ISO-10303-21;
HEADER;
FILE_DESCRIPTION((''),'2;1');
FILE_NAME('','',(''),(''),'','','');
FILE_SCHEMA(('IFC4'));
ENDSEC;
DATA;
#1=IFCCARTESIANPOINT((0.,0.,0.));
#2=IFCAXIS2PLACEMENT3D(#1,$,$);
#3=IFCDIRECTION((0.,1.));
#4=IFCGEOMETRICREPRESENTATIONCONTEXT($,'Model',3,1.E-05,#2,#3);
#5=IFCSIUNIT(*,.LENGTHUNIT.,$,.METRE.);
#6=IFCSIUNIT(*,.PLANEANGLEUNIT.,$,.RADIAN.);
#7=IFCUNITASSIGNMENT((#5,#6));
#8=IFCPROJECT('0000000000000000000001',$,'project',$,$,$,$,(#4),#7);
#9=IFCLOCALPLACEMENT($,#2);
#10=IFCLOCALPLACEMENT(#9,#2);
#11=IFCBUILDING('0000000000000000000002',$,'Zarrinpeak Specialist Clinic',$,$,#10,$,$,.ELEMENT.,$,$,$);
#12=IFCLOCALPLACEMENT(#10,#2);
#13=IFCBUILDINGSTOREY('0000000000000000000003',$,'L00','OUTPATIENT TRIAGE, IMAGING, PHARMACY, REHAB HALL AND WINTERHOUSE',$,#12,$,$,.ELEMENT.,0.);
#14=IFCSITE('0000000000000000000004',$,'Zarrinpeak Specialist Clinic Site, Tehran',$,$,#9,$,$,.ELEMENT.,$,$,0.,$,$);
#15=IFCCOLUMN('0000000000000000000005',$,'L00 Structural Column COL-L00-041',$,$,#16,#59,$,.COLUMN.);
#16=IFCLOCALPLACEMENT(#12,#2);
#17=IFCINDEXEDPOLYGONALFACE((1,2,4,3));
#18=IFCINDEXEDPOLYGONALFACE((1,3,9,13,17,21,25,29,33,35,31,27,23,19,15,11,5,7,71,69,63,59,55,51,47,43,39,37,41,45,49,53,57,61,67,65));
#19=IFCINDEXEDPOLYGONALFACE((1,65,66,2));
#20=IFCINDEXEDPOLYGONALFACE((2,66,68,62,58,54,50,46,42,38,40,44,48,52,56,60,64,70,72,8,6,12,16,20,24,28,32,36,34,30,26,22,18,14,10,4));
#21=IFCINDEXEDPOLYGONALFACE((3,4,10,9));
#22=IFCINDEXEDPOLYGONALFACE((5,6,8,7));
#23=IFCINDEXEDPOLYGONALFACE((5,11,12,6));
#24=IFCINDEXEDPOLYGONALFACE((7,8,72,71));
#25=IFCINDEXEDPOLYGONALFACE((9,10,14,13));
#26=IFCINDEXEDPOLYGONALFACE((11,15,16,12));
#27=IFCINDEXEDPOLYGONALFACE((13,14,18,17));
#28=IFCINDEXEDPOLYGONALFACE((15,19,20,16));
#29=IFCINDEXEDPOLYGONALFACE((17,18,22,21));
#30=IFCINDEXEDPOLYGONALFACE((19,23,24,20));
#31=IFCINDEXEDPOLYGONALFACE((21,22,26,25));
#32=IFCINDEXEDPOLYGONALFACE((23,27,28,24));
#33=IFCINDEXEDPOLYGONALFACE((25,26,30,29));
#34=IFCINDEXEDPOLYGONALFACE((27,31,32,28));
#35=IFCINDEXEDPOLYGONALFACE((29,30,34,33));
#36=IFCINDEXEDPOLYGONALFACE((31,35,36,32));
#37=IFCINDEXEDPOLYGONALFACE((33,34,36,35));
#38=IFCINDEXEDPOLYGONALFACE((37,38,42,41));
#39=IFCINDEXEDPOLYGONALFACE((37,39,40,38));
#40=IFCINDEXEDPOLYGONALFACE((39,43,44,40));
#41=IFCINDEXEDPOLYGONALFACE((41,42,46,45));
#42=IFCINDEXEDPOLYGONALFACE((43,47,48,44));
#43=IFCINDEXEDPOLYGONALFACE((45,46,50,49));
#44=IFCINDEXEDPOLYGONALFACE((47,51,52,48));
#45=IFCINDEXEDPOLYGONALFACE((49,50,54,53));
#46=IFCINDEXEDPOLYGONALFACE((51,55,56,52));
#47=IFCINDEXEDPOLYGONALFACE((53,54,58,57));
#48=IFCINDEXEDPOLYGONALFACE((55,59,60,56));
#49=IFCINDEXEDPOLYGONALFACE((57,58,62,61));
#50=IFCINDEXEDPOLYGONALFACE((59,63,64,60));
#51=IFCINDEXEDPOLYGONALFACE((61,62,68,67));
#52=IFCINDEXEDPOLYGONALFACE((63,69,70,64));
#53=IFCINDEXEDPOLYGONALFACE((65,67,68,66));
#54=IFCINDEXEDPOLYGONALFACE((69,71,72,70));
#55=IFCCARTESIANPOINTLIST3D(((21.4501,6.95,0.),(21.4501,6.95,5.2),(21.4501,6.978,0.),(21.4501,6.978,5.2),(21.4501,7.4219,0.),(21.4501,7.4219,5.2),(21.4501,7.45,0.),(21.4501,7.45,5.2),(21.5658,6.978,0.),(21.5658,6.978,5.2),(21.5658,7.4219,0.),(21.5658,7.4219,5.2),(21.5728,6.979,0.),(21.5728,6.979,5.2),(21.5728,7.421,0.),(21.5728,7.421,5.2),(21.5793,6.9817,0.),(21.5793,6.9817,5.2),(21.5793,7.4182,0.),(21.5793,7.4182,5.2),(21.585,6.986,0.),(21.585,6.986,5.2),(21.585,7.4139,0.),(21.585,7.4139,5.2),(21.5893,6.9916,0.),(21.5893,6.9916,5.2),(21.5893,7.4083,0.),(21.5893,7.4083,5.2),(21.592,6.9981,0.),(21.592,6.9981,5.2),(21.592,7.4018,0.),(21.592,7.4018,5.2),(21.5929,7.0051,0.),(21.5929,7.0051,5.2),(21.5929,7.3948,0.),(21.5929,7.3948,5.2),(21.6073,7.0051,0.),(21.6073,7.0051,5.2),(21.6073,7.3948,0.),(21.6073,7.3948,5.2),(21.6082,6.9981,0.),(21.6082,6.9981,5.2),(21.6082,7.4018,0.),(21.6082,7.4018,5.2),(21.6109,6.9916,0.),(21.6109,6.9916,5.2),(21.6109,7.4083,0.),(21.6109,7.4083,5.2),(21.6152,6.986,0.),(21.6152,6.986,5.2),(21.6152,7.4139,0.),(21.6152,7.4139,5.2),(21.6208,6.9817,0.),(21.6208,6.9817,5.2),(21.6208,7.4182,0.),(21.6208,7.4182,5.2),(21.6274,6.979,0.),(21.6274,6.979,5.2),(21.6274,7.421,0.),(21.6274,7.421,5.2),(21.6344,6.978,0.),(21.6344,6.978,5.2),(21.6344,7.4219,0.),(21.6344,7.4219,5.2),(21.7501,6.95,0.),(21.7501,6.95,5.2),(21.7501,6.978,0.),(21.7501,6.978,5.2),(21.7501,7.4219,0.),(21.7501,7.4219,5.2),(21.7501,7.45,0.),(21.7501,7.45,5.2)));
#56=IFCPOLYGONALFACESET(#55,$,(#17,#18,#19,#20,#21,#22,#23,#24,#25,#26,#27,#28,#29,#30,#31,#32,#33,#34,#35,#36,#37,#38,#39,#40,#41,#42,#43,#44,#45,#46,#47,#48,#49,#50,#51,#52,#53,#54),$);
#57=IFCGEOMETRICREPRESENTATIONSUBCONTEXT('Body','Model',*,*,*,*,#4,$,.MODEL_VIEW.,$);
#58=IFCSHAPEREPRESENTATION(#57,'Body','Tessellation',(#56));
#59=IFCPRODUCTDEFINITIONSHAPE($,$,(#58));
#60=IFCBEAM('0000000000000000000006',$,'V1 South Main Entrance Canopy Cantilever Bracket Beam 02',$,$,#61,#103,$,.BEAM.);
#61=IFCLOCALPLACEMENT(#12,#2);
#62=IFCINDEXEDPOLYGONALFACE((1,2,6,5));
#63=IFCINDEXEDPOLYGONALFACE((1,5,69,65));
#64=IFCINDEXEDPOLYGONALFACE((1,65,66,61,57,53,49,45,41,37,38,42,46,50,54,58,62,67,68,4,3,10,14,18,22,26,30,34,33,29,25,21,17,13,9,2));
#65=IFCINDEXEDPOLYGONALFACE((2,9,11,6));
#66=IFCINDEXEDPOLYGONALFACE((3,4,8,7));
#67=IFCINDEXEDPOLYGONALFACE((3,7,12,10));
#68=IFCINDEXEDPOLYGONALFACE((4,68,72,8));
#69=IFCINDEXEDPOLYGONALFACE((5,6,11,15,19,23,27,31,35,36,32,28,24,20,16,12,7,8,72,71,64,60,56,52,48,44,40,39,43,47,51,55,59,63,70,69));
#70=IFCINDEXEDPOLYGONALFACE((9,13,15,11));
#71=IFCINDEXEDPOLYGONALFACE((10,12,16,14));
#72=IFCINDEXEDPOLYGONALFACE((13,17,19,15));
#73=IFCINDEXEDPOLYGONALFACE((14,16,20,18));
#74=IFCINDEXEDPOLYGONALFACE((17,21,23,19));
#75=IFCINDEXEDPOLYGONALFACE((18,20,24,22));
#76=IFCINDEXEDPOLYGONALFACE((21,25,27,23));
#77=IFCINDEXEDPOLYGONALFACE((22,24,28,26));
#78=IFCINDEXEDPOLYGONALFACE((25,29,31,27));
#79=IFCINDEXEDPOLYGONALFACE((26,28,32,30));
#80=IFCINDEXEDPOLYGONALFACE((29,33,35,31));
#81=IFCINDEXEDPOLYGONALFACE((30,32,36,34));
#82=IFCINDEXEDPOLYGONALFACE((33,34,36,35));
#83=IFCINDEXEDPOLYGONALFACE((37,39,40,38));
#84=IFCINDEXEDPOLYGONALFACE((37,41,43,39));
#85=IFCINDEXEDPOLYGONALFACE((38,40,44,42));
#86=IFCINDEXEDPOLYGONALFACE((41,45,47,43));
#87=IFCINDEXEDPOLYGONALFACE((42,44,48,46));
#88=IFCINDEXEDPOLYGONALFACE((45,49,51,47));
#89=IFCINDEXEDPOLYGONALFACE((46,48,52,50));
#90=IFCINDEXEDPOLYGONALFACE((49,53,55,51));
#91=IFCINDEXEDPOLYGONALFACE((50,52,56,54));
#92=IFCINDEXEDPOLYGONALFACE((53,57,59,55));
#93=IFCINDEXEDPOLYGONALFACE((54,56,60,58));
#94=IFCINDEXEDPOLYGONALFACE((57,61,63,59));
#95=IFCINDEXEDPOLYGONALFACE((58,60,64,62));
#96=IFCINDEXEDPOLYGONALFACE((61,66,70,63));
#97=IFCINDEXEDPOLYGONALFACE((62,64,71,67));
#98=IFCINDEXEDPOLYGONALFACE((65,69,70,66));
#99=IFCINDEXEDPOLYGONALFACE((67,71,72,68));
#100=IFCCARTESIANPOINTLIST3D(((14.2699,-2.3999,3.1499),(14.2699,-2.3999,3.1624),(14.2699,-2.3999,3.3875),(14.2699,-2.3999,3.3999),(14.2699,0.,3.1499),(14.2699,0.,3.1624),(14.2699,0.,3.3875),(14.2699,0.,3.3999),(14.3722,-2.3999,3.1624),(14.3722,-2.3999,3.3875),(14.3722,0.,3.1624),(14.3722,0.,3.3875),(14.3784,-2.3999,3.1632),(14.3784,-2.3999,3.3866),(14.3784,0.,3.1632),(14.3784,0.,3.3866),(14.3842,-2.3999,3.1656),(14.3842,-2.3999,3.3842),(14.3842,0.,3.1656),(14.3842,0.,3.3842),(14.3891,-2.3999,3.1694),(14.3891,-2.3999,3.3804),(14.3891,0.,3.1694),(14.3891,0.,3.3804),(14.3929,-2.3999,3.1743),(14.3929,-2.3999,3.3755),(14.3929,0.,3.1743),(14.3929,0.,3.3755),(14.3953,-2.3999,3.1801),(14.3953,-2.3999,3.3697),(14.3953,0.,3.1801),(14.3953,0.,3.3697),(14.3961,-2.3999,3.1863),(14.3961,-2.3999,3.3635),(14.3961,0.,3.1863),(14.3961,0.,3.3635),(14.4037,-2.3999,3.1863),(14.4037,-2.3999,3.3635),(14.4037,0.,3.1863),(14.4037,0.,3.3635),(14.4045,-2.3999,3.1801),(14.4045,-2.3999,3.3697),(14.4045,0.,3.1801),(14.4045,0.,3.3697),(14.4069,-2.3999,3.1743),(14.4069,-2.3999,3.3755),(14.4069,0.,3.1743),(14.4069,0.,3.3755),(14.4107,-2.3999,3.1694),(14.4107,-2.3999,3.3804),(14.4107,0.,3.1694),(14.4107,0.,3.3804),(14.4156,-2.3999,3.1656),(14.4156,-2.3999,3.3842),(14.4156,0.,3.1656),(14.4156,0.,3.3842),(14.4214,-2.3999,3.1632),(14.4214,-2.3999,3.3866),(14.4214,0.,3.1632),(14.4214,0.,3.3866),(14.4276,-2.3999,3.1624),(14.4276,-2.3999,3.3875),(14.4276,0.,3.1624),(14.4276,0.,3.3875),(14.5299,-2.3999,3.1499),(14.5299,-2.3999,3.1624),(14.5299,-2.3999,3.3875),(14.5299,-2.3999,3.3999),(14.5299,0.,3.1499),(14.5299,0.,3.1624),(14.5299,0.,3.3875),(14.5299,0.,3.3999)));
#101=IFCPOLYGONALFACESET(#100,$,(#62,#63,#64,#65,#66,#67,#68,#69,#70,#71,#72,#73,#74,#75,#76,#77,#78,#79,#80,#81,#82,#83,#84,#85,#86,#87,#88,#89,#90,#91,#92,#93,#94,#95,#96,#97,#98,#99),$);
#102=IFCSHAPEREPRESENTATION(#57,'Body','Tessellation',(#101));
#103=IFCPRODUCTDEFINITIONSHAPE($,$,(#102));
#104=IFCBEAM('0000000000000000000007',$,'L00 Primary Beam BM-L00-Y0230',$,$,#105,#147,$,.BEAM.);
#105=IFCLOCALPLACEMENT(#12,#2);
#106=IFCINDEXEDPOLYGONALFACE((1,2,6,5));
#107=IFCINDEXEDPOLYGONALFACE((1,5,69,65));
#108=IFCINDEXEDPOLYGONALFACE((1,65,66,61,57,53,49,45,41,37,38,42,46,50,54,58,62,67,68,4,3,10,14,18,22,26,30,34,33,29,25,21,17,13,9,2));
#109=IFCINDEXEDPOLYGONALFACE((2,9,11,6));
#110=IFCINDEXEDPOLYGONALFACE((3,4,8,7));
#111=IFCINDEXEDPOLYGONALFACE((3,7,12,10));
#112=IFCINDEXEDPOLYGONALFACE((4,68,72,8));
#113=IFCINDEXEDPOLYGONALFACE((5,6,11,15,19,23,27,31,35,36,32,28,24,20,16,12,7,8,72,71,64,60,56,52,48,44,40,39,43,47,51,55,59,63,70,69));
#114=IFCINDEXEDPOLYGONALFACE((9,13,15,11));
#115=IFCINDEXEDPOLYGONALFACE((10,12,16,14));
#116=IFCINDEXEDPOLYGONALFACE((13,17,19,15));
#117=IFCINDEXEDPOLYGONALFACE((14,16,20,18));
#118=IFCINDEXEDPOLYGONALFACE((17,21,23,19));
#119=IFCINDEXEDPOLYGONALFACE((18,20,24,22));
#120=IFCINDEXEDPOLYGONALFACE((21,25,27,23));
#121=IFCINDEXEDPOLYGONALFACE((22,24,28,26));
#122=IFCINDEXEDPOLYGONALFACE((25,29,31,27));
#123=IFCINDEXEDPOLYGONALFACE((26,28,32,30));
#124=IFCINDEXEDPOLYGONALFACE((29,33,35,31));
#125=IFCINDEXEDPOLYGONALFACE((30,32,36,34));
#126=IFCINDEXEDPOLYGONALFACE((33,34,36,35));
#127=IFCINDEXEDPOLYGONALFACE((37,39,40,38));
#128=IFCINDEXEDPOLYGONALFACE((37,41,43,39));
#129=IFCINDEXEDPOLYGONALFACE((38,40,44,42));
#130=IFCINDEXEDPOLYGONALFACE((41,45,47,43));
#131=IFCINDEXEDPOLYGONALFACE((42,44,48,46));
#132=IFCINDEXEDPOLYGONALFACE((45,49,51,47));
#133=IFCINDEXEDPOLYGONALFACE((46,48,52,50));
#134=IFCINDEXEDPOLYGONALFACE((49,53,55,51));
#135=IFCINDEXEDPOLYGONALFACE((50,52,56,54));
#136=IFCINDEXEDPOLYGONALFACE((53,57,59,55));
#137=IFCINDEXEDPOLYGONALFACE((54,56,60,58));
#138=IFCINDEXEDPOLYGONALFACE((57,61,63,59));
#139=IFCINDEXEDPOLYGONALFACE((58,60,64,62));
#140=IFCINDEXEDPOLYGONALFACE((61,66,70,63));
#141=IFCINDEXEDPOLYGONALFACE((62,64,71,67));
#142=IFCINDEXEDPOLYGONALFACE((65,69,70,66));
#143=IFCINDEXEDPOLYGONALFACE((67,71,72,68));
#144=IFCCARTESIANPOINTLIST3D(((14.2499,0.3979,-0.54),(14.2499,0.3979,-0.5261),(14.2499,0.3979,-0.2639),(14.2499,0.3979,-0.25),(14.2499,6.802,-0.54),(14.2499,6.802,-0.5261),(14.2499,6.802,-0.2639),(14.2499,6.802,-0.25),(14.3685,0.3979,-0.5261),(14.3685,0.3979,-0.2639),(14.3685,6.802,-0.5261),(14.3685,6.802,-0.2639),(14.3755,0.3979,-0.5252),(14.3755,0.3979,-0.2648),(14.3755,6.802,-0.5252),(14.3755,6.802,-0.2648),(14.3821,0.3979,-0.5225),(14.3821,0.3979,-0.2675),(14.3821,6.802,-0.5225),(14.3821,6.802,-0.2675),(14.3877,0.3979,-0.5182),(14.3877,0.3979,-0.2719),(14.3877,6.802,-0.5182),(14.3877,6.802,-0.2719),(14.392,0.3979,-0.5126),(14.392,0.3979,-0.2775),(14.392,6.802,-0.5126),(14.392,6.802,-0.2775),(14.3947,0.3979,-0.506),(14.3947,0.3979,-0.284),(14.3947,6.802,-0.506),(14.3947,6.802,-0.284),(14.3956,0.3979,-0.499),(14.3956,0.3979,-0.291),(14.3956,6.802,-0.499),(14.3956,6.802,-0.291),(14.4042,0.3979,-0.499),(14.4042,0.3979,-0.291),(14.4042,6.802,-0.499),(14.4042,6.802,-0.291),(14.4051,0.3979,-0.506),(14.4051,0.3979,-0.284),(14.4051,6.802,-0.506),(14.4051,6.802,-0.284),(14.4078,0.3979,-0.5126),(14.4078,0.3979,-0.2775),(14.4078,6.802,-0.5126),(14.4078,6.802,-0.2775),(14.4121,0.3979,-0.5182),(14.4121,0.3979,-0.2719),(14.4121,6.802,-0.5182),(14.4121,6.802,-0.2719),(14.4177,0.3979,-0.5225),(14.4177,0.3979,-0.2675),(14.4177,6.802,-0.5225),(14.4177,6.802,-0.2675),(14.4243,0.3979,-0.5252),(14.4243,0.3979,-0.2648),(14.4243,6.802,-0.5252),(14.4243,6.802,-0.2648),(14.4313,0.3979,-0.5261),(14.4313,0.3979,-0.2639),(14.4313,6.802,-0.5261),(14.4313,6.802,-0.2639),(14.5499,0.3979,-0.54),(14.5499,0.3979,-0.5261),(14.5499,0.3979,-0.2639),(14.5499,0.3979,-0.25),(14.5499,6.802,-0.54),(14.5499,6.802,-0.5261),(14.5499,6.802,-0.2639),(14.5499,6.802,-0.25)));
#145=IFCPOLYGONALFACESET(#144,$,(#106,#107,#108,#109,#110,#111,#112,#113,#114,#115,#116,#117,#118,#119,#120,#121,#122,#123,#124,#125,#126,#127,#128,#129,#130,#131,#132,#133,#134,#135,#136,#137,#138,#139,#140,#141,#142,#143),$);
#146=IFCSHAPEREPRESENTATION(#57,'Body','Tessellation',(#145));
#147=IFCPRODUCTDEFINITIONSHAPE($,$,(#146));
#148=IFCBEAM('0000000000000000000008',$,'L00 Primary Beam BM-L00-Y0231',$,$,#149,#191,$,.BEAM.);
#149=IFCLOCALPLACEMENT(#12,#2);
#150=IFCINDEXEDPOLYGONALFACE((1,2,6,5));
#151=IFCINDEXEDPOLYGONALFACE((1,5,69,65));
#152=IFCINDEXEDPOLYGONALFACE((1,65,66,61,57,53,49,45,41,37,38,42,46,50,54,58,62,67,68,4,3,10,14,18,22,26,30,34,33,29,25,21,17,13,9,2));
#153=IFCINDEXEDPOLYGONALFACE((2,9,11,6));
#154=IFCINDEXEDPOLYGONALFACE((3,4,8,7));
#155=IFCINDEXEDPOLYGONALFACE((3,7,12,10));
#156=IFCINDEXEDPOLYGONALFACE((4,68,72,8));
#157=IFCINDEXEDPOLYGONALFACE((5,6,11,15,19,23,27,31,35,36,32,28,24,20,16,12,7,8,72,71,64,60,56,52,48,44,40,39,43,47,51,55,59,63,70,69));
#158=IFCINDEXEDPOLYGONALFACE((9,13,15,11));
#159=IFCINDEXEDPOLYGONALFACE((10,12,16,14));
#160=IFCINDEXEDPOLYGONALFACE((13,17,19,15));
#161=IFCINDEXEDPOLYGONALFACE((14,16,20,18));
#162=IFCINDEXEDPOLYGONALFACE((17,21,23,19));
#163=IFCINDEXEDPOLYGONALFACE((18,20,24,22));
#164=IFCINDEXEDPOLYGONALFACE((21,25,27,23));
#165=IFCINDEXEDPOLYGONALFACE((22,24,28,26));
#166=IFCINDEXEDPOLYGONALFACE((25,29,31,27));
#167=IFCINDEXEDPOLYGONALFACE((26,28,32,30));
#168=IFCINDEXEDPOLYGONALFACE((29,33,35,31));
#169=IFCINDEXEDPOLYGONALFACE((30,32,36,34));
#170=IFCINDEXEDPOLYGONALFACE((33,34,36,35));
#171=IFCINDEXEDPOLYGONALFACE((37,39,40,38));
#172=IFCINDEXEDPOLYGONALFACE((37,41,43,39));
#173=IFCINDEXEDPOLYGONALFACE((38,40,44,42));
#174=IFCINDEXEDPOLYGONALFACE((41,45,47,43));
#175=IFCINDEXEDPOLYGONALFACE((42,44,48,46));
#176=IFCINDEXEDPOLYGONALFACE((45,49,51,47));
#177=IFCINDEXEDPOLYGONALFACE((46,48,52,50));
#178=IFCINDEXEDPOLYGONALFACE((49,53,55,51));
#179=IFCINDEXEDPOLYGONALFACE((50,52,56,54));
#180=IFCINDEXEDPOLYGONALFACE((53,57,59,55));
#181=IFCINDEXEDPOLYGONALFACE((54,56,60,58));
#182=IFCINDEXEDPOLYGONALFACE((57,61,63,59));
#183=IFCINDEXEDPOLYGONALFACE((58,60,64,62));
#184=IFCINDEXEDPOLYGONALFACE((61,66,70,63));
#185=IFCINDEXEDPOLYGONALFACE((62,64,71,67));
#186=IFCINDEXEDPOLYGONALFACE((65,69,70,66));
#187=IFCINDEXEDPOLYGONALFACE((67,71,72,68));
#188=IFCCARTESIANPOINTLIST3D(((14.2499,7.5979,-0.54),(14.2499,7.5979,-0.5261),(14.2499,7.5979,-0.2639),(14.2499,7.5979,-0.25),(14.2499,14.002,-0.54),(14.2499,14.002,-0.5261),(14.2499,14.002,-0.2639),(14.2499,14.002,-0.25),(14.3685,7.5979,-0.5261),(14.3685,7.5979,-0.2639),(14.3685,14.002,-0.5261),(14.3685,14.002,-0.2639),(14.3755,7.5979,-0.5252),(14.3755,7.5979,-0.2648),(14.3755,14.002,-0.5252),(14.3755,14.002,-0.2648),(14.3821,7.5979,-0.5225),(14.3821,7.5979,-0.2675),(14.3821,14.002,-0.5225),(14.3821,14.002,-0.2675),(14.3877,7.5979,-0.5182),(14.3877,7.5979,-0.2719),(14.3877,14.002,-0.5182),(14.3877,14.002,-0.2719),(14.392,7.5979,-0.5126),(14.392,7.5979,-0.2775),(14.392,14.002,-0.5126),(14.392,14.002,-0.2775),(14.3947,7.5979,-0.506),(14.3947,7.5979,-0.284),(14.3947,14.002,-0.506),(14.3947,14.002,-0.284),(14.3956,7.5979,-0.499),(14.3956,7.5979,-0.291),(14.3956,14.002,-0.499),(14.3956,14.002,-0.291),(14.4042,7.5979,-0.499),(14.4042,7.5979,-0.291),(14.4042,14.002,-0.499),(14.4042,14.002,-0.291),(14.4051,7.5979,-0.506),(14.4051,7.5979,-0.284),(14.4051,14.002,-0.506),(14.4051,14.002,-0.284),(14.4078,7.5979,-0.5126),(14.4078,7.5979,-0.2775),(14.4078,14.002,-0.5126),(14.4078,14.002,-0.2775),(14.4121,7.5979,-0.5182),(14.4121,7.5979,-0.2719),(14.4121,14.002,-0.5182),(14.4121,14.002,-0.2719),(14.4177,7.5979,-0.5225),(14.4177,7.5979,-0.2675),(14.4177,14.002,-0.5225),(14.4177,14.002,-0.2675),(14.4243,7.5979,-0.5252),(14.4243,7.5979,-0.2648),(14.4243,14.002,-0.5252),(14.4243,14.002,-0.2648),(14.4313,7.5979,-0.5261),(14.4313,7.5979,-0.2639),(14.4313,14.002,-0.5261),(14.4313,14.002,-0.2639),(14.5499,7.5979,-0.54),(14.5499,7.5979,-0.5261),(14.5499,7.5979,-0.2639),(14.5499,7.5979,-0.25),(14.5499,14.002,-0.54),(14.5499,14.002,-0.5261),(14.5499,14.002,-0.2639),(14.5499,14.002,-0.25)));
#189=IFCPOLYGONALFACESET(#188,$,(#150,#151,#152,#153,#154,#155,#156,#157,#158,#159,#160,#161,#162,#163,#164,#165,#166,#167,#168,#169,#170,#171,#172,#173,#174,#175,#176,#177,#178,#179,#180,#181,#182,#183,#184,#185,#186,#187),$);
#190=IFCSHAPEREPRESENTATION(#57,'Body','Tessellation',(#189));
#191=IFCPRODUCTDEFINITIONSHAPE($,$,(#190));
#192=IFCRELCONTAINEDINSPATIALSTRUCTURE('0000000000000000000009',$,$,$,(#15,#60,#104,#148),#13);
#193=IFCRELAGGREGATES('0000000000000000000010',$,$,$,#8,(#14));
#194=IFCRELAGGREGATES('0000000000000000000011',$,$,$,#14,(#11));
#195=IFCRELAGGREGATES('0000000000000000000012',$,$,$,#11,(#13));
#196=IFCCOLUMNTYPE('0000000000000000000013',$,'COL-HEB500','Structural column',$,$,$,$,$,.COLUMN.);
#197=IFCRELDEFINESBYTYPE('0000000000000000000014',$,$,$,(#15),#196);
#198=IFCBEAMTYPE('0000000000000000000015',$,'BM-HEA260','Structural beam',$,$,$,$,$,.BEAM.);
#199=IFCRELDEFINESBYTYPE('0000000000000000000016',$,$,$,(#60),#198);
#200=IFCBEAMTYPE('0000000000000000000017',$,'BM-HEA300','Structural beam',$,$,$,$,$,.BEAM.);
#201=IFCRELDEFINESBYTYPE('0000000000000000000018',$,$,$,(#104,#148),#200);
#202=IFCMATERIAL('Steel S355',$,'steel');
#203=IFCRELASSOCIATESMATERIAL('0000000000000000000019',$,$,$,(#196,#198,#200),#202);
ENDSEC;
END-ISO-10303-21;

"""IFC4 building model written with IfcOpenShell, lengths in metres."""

from ifc_helpers import new_model, si_unit, direction, frame, origin, origin_2d, place, context, subcontext, project, spatial, i_section, extrude, material, material_profile, profile_set, type_object, element, save


model = new_model("IFC4")

# Units and contexts
model_context = context("Model", 3, precision=1e-05, world=origin(), true_north=direction((0.0, 1.0)))
body_context = subcontext(model_context, "Body", "Model", "MODEL_VIEW")
ifc_project = project(units=[si_unit("LENGTHUNIT", "METRE"), si_unit("PLANEANGLEUNIT", "RADIAN")], contexts=[model_context])

# Site, building, storey
site_placement = place(None, origin())
site = spatial("IfcSite", under=ifc_project, at=site_placement, Name="Zarrinpeak Specialist Clinic Site, Tehran", CompositionType="ELEMENT", RefElevation=0.0)
building_placement = place(site_placement, origin())
building = spatial("IfcBuilding", under=site, at=building_placement, Name="Zarrinpeak Specialist Clinic", CompositionType="ELEMENT")
storey_placement = place(building_placement, origin())
storey = spatial("IfcBuildingStorey", under=building, at=storey_placement, Name="L00", Description="OUTPATIENT TRIAGE, IMAGING, PHARMACY, REHAB HALL AND WINTERHOUSE", CompositionType="ELEMENT", Elevation=0.0)

# Column
ifc_material_1 = material(Name="Steel S355", Category="steel")
ifc_material_profile_1 = material_profile(ifc_material_1, i_section(OverallWidth=0.3, OverallDepth=0.5, WebThickness=0.0144, FlangeThickness=0.0281, FilletRadius=0.0271, at=origin_2d()), Name="HEB 500")
ifc_profile_set_1 = profile_set([ifc_material_profile_1], Name="Steel S355")
column_type = type_object("IfcColumnType", Name="COL-HEB500", Description="Structural column", PredefinedType="COLUMN", material=ifc_profile_set_1)
for number, where, z_axis, x_axis, name in (
    (1, (21.6001, 7.2, 0.0), (0.0, 0.0, 1.0), (1.0, 0.0, 0.0), "L00 Structural Column COL-L00-041"),
):
    element("IfcColumn", number, at=place(storey_placement, frame(where, z_axis=z_axis, x_axis=x_axis)), inside=storey, type_object=column_type, Name=name, PredefinedType="COLUMN", context=body_context, shape_type="SweptSolid", body=[
        extrude(i_section(OverallWidth=0.3, OverallDepth=0.5, WebThickness=0.0144, FlangeThickness=0.0281, FilletRadius=0.0271, at=origin_2d()), origin(), (0.0, 0.0, 1.0), 5.2),
    ])

# Beams
ifc_material_profile_2 = material_profile(ifc_material_1, i_section(OverallWidth=0.26, OverallDepth=0.25, WebThickness=0.0076, FlangeThickness=0.0125, FilletRadius=0.0239, at=origin_2d()), Name="HEA 260")
ifc_profile_set_2 = profile_set([ifc_material_profile_2], Name="Steel S355")
beam_type_1 = type_object("IfcBeamType", Name="BM-HEA260", Description="Structural beam", PredefinedType="BEAM", material=ifc_profile_set_2)
beam_placement = place(storey_placement, frame((14.3999, 0.0, 3.2749), z_axis=(0.0, -1.0, 0.0), x_axis=(1.0, 0.0, 0.0)))
element("IfcBeam", 2, at=beam_placement, inside=storey, type_object=beam_type_1, Name="V1 South Main Entrance Canopy Cantilever Bracket Beam 02", PredefinedType="BEAM", context=body_context, shape_type="SweptSolid", body=[
    extrude(i_section(OverallWidth=0.26, OverallDepth=0.25, WebThickness=0.0076, FlangeThickness=0.0125, FilletRadius=0.0239, at=origin_2d()), origin(), (0.0, 0.0, 1.0), 2.3999),
])
ifc_material_profile_3 = material_profile(ifc_material_1, i_section(OverallWidth=0.3, OverallDepth=0.29, WebThickness=0.0085, FlangeThickness=0.0139, FilletRadius=0.0271, at=origin_2d()), Name="HEA 300")
ifc_profile_set_3 = profile_set([ifc_material_profile_3], Name="Steel S355")
beam_type_2 = type_object("IfcBeamType", Name="BM-HEA300", Description="Structural beam", PredefinedType="BEAM", material=ifc_profile_set_3)
for number, where, z_axis, x_axis, name in (
    (3, (14.3999, 0.3979, -0.395), (0.0, 1.0, 0.0), (-1.0, 0.0, 0.0), "L00 Primary Beam BM-L00-Y0230"),
    (4, (14.3999, 7.5979, -0.395), (0.0, 1.0, 0.0), (-1.0, 0.0, 0.0), "L00 Primary Beam BM-L00-Y0231"),
):
    element("IfcBeam", number, at=place(storey_placement, frame(where, z_axis=z_axis, x_axis=x_axis)), inside=storey, type_object=beam_type_2, Name=name, PredefinedType="BEAM", context=body_context, shape_type="SweptSolid", body=[
        extrude(i_section(OverallWidth=0.3, OverallDepth=0.29, WebThickness=0.0085, FlangeThickness=0.0139, FilletRadius=0.0271, at=origin_2d()), origin(), (0.0, 0.0, 1.0), 6.4041),
    ])

save(model, "model.ifc")
